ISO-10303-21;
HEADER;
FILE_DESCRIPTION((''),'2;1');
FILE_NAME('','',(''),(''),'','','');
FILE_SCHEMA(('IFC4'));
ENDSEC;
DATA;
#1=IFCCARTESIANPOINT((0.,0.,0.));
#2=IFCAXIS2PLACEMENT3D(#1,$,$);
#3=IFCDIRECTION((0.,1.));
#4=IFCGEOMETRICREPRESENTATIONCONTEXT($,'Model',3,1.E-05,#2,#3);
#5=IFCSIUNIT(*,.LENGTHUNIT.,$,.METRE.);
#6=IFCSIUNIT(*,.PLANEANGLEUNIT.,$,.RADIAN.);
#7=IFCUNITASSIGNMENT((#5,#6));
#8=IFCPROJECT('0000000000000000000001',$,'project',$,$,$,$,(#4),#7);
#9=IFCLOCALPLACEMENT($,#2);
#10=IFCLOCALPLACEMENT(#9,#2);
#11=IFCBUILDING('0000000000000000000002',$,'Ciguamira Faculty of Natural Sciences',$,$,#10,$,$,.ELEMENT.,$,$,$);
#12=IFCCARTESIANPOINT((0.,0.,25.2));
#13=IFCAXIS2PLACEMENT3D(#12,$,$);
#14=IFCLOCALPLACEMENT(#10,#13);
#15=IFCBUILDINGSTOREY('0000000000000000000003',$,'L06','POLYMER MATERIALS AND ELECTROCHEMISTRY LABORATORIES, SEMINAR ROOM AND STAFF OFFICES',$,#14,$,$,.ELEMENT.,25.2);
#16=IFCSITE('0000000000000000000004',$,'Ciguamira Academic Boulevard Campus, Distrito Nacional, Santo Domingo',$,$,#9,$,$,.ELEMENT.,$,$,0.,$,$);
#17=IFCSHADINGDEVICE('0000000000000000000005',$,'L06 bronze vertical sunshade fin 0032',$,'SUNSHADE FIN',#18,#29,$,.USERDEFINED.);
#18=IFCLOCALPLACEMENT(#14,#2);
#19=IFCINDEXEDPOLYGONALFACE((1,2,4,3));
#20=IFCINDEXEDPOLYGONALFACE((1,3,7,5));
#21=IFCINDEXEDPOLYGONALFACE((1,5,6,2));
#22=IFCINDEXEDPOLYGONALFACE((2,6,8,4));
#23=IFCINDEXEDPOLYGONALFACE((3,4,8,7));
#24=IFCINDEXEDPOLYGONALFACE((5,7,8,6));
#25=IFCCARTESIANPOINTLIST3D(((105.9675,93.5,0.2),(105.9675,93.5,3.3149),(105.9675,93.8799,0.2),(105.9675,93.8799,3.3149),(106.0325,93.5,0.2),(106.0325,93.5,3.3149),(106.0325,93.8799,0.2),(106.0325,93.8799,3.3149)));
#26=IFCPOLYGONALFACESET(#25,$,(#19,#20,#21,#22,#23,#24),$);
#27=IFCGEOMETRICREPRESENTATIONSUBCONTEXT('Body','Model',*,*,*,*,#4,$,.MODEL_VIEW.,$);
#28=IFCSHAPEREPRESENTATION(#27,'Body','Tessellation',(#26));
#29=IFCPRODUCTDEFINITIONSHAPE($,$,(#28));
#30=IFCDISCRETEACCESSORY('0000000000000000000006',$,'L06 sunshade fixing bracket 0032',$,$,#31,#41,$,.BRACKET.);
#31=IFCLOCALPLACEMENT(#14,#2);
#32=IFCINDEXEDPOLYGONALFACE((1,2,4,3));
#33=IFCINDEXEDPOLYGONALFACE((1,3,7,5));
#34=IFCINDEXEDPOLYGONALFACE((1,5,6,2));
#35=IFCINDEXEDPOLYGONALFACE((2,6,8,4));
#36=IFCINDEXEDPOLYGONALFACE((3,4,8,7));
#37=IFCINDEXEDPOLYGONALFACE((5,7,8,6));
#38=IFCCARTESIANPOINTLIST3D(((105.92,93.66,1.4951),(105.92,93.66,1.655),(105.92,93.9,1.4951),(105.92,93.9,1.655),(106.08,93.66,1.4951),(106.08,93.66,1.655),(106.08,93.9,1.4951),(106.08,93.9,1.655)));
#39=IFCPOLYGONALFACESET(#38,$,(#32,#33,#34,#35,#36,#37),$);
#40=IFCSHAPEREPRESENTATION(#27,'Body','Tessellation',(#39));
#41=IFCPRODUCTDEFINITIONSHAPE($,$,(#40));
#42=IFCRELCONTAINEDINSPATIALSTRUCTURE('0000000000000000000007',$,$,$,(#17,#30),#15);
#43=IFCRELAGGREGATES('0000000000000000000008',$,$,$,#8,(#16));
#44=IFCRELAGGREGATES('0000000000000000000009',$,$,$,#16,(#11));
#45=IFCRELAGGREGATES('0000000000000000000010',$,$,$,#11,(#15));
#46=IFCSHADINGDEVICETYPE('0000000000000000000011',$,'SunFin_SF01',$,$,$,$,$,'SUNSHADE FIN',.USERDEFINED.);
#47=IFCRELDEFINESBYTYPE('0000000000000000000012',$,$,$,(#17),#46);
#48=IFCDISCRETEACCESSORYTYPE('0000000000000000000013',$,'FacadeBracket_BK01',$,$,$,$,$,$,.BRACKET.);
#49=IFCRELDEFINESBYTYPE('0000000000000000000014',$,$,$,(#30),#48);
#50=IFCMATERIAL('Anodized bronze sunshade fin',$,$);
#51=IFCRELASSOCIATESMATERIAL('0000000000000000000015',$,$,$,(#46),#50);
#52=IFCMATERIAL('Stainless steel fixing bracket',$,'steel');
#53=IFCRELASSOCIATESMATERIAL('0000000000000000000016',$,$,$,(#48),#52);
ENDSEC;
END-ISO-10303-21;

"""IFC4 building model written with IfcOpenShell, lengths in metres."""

from ifc_helpers import new_model, si_unit, direction, frame, origin, origin_2d, place, context, subcontext, project, spatial, rectangle, extrude, material, material_profile, profile_set, type_object, element, save


model = new_model("IFC4")

# Units and contexts
model_context = context("Model", 3, precision=1e-05, world=origin(), true_north=direction((0.0, 1.0)))
body_context = subcontext(model_context, "Body", "Model", "MODEL_VIEW")
ifc_project = project(units=[si_unit("LENGTHUNIT", "METRE"), si_unit("PLANEANGLEUNIT", "RADIAN")], contexts=[model_context])

# Site, building, storey
site_placement = place(None, origin())
site = spatial("IfcSite", under=ifc_project, at=site_placement, Name="Ciguamira Academic Boulevard Campus, Distrito Nacional, Santo Domingo", CompositionType="ELEMENT", RefElevation=0.0)
building_placement = place(site_placement, origin())
building = spatial("IfcBuilding", under=site, at=building_placement, Name="Ciguamira Faculty of Natural Sciences", CompositionType="ELEMENT")
storey_placement = place(building_placement, frame((0.0, 0.0, 25.2)))
storey = spatial("IfcBuildingStorey", under=building, at=storey_placement, Name="L06", Description="POLYMER MATERIALS AND ELECTROCHEMISTRY LABORATORIES, SEMINAR ROOM AND STAFF OFFICES", CompositionType="ELEMENT", Elevation=25.2)

# Shading device
ifc_material_1 = material(Name="Anodized bronze sunshade fin")
ifc_material_profile_1 = material_profile(ifc_material_1, rectangle(XDim=0.0649, YDim=0.3799, at=origin_2d()), Name="BRZ-FIN-65X380")
ifc_profile_set_1 = profile_set([ifc_material_profile_1], Name="Anodized bronze sunshade fin")
shading_device_type = type_object("IfcShadingDeviceType", Name="SunFin_SF01", ElementType="SUNSHADE FIN", PredefinedType="USERDEFINED", material=ifc_profile_set_1)
shading_device_placement = place(storey_placement, frame((106.0, 93.6899, 0.2), z_axis=(0.0, 0.0, 1.0), x_axis=(1.0, 0.0, 0.0)))
element("IfcShadingDevice", 1, at=shading_device_placement, inside=storey, type_object=shading_device_type, Name="L06 bronze vertical sunshade fin 0032", ObjectType="SUNSHADE FIN", PredefinedType="USERDEFINED", context=body_context, shape_type="SweptSolid", body=[
    extrude(rectangle(XDim=0.0649, YDim=0.3799, at=origin_2d()), origin(), (0.0, 0.0, 1.0), 3.115),
])

# Discrete accessory
ifc_material_2 = material(Name="Stainless steel fixing bracket", Category="steel")
discrete_accessory_type = type_object("IfcDiscreteAccessoryType", Name="FacadeBracket_BK01", PredefinedType="BRACKET", material=ifc_material_2)
discrete_accessory_placement = place(storey_placement, frame((106.0, 93.78, 1.4951), z_axis=(0.0, 0.0, 1.0), x_axis=(1.0, 0.0, 0.0)))
element("IfcDiscreteAccessory", 2, at=discrete_accessory_placement, inside=storey, type_object=discrete_accessory_type, Name="L06 sunshade fixing bracket 0032", PredefinedType="BRACKET", context=body_context, shape_type="SweptSolid", body=[
    extrude(rectangle(XDim=0.1599, YDim=0.24, at=origin_2d()), origin(), (0.0, 0.0, 1.0), 0.1599),
])

save(model, "model.ifc")
